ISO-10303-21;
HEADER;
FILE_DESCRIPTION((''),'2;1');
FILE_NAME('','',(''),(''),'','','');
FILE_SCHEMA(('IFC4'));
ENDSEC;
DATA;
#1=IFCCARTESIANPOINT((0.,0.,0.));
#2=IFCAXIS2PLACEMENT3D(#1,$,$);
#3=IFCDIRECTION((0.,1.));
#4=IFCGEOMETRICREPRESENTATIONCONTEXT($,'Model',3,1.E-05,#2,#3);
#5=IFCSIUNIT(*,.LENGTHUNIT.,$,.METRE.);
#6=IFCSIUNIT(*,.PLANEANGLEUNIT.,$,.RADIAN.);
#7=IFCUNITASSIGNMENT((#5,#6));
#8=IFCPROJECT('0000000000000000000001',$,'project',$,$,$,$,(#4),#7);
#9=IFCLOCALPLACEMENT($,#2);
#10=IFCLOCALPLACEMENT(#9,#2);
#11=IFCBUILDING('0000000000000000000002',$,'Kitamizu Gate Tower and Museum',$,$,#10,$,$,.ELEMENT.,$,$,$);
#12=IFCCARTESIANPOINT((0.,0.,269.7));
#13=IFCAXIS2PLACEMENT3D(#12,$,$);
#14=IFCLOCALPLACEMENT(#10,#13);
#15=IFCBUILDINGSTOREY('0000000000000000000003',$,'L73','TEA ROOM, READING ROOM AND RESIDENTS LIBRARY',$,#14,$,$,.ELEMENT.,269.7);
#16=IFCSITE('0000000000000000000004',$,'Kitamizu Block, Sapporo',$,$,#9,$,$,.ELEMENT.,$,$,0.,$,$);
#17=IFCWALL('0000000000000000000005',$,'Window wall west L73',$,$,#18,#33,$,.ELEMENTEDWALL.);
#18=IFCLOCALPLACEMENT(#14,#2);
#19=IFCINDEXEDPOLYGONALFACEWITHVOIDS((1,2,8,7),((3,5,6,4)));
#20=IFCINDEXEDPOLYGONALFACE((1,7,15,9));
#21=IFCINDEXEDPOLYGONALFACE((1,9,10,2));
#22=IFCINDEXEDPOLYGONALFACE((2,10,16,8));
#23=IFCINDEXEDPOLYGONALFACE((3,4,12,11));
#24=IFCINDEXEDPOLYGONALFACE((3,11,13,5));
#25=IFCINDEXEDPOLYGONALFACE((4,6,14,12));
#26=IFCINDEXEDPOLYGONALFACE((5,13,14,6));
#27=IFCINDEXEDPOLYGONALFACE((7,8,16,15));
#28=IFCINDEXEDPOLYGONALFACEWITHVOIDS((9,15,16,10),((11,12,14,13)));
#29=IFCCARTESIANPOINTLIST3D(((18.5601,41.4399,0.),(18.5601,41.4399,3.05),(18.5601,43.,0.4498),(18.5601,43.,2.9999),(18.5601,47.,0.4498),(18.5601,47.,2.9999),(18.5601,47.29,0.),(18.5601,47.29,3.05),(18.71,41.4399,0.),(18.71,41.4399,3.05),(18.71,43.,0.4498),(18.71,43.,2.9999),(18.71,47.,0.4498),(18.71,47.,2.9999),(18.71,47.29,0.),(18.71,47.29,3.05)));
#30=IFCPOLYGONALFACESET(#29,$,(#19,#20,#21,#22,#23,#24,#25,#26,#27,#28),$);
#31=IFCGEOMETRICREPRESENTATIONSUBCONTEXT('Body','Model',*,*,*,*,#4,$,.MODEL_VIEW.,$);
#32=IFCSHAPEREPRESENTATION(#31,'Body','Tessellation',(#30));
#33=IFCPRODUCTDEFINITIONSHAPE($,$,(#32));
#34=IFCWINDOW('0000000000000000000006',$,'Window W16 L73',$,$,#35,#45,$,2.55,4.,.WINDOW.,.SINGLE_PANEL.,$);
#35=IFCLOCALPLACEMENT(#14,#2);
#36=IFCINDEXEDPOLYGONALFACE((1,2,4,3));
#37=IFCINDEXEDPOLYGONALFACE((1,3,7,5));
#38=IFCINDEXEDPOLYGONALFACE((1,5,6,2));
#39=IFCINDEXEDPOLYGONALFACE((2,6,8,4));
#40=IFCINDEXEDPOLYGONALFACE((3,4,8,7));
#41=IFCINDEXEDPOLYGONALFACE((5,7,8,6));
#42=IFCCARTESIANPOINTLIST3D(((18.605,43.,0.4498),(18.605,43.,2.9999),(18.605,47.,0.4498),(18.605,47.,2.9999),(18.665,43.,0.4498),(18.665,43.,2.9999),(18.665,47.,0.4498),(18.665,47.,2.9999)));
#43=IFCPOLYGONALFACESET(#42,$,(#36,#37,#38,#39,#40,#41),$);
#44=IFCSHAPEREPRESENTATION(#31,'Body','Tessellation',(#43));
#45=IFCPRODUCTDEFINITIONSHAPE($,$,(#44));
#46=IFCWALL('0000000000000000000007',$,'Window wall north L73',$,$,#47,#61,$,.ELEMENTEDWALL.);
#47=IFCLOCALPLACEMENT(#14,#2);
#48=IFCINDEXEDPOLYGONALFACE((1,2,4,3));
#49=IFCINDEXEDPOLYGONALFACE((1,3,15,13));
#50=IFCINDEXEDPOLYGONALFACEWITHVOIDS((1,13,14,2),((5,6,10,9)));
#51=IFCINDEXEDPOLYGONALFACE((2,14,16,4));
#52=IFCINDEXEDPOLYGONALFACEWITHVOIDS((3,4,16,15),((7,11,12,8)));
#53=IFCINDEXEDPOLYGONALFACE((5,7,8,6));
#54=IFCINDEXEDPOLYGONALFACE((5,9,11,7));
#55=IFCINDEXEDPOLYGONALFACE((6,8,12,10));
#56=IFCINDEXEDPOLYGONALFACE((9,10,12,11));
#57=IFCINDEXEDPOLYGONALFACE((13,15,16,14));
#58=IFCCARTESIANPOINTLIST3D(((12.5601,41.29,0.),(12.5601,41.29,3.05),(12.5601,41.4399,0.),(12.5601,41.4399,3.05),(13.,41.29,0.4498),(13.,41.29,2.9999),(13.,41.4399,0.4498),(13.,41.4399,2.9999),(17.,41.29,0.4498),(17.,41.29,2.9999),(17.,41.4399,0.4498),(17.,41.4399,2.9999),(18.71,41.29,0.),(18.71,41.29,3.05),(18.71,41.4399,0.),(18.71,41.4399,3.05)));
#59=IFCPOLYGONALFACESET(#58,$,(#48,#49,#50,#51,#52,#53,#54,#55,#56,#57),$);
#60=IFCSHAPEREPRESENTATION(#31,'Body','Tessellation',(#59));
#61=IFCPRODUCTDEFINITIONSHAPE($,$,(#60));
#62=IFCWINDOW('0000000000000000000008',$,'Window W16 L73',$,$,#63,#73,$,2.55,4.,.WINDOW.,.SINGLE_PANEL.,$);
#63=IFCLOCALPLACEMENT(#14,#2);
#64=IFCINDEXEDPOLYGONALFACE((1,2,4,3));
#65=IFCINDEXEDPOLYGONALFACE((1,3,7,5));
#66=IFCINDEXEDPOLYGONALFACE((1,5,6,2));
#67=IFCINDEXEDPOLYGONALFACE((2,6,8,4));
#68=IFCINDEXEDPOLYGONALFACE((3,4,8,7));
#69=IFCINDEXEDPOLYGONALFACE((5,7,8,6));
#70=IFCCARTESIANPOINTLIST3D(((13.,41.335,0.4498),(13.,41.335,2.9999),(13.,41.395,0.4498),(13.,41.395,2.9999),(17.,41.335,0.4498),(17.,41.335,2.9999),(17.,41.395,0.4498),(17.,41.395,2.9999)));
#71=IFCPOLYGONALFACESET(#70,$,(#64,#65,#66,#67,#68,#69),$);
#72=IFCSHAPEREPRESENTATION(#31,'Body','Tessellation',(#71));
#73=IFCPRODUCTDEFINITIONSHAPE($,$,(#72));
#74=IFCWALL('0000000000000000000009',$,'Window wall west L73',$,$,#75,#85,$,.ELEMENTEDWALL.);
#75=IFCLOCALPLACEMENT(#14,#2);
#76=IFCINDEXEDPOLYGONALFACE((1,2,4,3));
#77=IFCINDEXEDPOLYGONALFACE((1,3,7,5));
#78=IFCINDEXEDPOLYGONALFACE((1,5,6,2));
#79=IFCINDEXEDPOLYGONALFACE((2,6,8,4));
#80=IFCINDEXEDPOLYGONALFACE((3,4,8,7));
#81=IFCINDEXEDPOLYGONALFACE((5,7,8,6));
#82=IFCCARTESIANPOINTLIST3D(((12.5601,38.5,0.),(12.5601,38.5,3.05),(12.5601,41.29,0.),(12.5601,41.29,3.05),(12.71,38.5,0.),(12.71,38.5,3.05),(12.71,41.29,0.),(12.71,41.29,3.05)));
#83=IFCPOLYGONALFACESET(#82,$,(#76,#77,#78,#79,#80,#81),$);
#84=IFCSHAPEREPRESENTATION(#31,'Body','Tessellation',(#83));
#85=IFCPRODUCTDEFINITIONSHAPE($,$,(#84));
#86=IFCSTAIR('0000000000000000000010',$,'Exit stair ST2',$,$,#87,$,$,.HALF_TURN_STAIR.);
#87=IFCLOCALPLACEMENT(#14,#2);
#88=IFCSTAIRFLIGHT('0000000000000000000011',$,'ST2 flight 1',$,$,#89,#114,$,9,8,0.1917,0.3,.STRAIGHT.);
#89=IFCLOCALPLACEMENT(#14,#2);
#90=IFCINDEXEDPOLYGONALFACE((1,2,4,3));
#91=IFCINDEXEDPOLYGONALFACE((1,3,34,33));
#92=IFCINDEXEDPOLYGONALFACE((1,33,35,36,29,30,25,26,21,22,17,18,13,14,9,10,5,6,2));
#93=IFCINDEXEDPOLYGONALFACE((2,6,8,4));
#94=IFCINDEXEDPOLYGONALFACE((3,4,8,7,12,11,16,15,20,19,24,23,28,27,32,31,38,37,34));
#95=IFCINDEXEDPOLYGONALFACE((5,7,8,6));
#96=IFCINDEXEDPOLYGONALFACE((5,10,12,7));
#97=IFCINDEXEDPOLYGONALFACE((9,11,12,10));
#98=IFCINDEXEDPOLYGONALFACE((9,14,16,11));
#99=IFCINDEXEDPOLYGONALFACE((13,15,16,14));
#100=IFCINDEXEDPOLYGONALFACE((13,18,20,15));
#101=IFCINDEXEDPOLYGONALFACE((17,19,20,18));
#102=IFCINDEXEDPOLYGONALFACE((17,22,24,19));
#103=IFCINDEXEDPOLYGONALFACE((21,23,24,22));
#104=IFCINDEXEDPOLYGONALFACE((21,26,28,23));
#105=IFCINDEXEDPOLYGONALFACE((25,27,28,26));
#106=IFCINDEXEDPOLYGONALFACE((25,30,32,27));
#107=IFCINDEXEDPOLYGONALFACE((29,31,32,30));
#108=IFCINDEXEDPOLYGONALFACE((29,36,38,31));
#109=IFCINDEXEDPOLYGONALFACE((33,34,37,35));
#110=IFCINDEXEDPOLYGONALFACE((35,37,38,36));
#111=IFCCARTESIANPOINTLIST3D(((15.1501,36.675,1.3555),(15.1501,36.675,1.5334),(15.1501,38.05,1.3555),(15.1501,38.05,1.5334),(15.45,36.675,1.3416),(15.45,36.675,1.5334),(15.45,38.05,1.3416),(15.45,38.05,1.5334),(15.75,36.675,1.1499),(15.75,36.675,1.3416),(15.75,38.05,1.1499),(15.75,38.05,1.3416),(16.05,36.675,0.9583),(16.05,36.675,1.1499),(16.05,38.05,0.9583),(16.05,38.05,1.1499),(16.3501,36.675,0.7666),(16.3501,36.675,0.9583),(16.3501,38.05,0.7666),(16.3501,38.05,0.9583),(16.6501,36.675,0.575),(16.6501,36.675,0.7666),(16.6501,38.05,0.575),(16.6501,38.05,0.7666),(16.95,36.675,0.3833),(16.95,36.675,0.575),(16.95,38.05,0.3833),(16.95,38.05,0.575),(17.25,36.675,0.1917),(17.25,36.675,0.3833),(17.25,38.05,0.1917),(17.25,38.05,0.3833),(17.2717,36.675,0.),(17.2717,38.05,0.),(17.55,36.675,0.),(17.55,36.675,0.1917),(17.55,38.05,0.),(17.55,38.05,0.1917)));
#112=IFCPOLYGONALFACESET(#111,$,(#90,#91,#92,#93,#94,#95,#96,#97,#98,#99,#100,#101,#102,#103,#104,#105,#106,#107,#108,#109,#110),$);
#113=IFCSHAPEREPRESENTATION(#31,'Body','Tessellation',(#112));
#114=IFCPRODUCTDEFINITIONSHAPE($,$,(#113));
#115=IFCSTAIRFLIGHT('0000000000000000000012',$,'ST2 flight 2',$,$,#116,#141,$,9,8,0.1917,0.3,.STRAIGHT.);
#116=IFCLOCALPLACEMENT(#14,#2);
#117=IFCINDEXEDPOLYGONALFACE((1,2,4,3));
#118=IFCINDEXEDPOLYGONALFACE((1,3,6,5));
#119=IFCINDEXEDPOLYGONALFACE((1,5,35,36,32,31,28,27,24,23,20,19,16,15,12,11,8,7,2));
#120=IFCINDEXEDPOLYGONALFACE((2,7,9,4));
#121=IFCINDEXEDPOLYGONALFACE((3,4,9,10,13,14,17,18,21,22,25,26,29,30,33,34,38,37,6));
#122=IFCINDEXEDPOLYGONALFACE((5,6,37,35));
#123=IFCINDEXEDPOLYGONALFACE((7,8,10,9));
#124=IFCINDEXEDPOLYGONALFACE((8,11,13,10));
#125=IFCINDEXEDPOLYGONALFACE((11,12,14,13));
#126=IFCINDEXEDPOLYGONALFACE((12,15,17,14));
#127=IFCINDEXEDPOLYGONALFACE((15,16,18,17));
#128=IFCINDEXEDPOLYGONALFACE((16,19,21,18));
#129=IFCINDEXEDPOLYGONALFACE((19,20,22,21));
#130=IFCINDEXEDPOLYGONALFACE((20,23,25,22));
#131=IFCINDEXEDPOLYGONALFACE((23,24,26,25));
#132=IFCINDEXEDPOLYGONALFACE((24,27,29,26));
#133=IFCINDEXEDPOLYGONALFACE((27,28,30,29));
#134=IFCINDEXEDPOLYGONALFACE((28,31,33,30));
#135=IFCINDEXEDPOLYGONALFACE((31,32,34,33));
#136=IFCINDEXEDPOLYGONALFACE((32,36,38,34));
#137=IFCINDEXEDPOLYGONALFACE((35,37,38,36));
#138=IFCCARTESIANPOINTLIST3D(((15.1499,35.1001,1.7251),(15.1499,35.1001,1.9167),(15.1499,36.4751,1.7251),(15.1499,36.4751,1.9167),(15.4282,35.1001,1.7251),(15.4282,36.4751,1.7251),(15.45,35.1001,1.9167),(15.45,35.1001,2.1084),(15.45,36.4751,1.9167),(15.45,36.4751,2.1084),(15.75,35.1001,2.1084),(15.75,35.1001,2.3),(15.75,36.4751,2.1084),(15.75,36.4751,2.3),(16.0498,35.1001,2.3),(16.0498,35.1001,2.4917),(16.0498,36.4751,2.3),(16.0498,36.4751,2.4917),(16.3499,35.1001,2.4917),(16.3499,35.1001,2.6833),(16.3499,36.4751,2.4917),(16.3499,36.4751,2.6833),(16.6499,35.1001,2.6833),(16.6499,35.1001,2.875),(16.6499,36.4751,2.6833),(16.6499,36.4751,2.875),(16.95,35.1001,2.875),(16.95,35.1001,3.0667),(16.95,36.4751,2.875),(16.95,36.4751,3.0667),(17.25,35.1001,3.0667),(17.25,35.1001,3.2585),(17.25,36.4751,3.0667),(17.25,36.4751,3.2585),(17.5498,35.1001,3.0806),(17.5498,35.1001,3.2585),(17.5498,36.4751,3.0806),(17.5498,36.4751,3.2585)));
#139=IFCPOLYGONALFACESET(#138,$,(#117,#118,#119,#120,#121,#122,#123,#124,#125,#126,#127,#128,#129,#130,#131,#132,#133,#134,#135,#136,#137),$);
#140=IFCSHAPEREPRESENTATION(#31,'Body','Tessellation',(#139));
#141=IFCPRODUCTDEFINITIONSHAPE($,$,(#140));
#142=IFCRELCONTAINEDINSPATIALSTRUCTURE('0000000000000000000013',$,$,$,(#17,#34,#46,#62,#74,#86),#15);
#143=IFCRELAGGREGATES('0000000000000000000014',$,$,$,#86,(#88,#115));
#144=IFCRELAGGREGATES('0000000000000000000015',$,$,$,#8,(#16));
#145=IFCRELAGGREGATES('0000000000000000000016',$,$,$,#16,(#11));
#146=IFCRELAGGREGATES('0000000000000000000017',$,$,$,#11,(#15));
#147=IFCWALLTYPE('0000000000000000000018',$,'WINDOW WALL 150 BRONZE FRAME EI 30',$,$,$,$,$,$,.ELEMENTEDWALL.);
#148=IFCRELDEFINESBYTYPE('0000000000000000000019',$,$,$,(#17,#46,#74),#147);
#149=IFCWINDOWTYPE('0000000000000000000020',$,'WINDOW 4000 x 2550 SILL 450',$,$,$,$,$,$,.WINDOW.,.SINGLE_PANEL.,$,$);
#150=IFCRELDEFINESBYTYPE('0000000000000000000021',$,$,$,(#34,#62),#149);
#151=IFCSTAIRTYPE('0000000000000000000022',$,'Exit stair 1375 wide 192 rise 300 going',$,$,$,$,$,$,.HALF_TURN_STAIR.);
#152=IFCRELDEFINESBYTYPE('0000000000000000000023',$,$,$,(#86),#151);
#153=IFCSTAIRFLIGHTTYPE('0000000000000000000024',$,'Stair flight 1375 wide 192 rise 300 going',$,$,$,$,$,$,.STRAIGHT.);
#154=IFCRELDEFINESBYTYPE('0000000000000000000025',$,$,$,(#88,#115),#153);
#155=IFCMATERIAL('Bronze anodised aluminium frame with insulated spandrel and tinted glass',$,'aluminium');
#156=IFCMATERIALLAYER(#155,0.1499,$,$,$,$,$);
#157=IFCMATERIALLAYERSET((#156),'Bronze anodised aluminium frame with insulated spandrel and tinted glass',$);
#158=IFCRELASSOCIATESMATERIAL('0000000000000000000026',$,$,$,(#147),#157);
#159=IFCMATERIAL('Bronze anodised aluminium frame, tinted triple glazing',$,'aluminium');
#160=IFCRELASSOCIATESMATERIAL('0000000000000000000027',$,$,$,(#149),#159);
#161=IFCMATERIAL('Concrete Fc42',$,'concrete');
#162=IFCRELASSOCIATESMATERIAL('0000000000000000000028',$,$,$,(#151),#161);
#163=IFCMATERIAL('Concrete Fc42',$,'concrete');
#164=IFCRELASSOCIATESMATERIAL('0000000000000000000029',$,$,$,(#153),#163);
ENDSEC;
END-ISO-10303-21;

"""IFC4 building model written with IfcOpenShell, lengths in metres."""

from ifc_helpers import new_model, si_unit, direction, frame, frame_2d, origin, place, context, subcontext, project, spatial, polyline, rectangle, outline, extrude, material, layer, layer_set, type_object, element, fill, aggregate, save


model = new_model("IFC4")

# Units and contexts
model_context = context("Model", 3, precision=1e-05, world=origin(), true_north=direction((0.0, 1.0)))
body_context = subcontext(model_context, "Body", "Model", "MODEL_VIEW")
ifc_project = project(units=[si_unit("LENGTHUNIT", "METRE"), si_unit("PLANEANGLEUNIT", "RADIAN")], contexts=[model_context])

# Site, building, storey
site_placement = place(None, origin())
site = spatial("IfcSite", under=ifc_project, at=site_placement, Name="Kitamizu Block, Sapporo", CompositionType="ELEMENT", RefElevation=0.0)
building_placement = place(site_placement, origin())
building = spatial("IfcBuilding", under=site, at=building_placement, Name="Kitamizu Gate Tower and Museum", CompositionType="ELEMENT")
storey_placement = place(building_placement, frame((0.0, 0.0, 269.7)))
storey = spatial("IfcBuildingStorey", under=building, at=storey_placement, Name="L73", Description="TEA ROOM, READING ROOM AND RESIDENTS LIBRARY", CompositionType="ELEMENT", Elevation=269.7)

# Shared definitions
ifc_material_1 = material(Name="Bronze anodised aluminium frame with insulated spandrel and tinted glass", Category="aluminium")
ifc_layer_1 = layer(ifc_material_1, 0.1499)
ifc_layer_set_1 = layer_set([ifc_layer_1], Name="Bronze anodised aluminium frame with insulated spandrel and tinted glass")
wall_type_1 = type_object("IfcWallType", Name="WINDOW WALL 150 BRONZE FRAME EI 30", PredefinedType="ELEMENTEDWALL", material=ifc_layer_set_1)

# Walls, openings, windows
wall_1_placement = place(storey_placement, frame((18.635, 41.4399, 0.0), z_axis=(0.0, 0.0, 1.0), x_axis=(0.0, 1.0, 0.0)))
wall_1 = element("IfcWall", 1, at=wall_1_placement, inside=storey, type_object=wall_type_1, Name="Window wall west L73", PredefinedType="ELEMENTEDWALL", context=body_context, shape_type="SweptSolid", body=[
    extrude(rectangle(XDim=5.8501, YDim=0.1499, at=frame_2d((2.925, 0.0))), origin(), (0.0, 0.0, 1.0), 3.05),
])
opening_1_placement = place(wall_1_placement, frame((1.5601, 0.0, 0.45)))
opening_1 = element("IfcOpeningElement", 2, at=opening_1_placement, cuts=wall_1, PredefinedType="OPENING", context=body_context, shape_type="SweptSolid", body=[
    extrude(rectangle(XDim=4.0, YDim=2.55, at=frame_2d((2.0, 1.2749))), frame((0.0, 0.085, 0.0), z_axis=(0.0, -1.0, 0.0), x_axis=(1.0, 0.0, 0.0)), (0.0, 0.0, 1.0), 0.1699),
])
ifc_material_2 = material(Name="Bronze anodised aluminium frame, tinted triple glazing", Category="aluminium")
window_type_1 = type_object("IfcWindowType", Name="WINDOW 4000 x 2550 SILL 450", PartitioningType="SINGLE_PANEL", PredefinedType="WINDOW", material=ifc_material_2)
window_1_placement = place(opening_1_placement, origin())
window_1 = element("IfcWindow", 3, at=window_1_placement, inside=storey, type_object=window_type_1, Name="Window W16 L73", OverallHeight=2.55, OverallWidth=4.0, PartitioningType="SINGLE_PANEL", PredefinedType="WINDOW", context=body_context, shape_type="SweptSolid", body=[
    extrude(rectangle(XDim=4.0, YDim=2.55, at=frame_2d((2.0, 1.2749))), frame((0.0, 0.03, 0.0), z_axis=(0.0, -1.0, 0.0), x_axis=(1.0, 0.0, 0.0)), (0.0, 0.0, 1.0), 0.0601),
])
fill(opening_1, window_1)
wall_2_placement = place(storey_placement, frame((12.5601, 41.365, 0.0), z_axis=(0.0, 0.0, 1.0), x_axis=(1.0, 0.0, 0.0)))
wall_2 = element("IfcWall", 4, at=wall_2_placement, inside=storey, type_object=wall_type_1, Name="Window wall north L73", PredefinedType="ELEMENTEDWALL", context=body_context, shape_type="SweptSolid", body=[
    extrude(rectangle(XDim=6.1499, YDim=0.1499, at=frame_2d((3.075, 0.0))), origin(), (0.0, 0.0, 1.0), 3.05),
])
opening_2_placement = place(wall_2_placement, frame((0.4399, 0.0, 0.45)))
opening_2 = element("IfcOpeningElement", 5, at=opening_2_placement, cuts=wall_2, PredefinedType="OPENING", context=body_context, shape_type="SweptSolid", body=[
    extrude(rectangle(XDim=4.0, YDim=2.55, at=frame_2d((2.0, 1.2749))), frame((0.0, 0.085, 0.0), z_axis=(0.0, -1.0, 0.0), x_axis=(1.0, 0.0, 0.0)), (0.0, 0.0, 1.0), 0.1699),
])
window_2_placement = place(opening_2_placement, origin())
window_2 = element("IfcWindow", 6, at=window_2_placement, inside=storey, type_object=window_type_1, Name="Window W16 L73", OverallHeight=2.55, OverallWidth=4.0, PartitioningType="SINGLE_PANEL", PredefinedType="WINDOW", context=body_context, shape_type="SweptSolid", body=[
    extrude(rectangle(XDim=4.0, YDim=2.55, at=frame_2d((2.0, 1.2749))), frame((0.0, 0.03, 0.0), z_axis=(0.0, -1.0, 0.0), x_axis=(1.0, 0.0, 0.0)), (0.0, 0.0, 1.0), 0.0601),
])
fill(opening_2, window_2)

# Wall
wall_3_placement = place(storey_placement, frame((12.635, 38.5, 0.0), z_axis=(0.0, 0.0, 1.0), x_axis=(0.0, 1.0, 0.0)))
element("IfcWall", 7, at=wall_3_placement, inside=storey, type_object=wall_type_1, Name="Window wall west L73", PredefinedType="ELEMENTEDWALL", context=body_context, shape_type="SweptSolid", body=[
    extrude(rectangle(XDim=2.79, YDim=0.1499, at=frame_2d((1.395, 0.0))), origin(), (0.0, 0.0, 1.0), 3.05),
])

# Stair, stair flights
ifc_material_3 = material(Name="Concrete Fc42", Category="concrete")
stair_type = type_object("IfcStairType", Name="Exit stair 1375 wide 192 rise 300 going", PredefinedType="HALF_TURN_STAIR", material=ifc_material_3)
stair_placement = place(storey_placement, origin())
stair = element("IfcStair", 8, at=stair_placement, inside=storey, type_object=stair_type, Name="Exit stair ST2", PredefinedType="HALF_TURN_STAIR")
ifc_material_4 = material(Name="Concrete Fc42", Category="concrete")
stair_flight_type = type_object("IfcStairFlightType", Name="Stair flight 1375 wide 192 rise 300 going", PredefinedType="STRAIGHT", material=ifc_material_4)
stair_flight_1_placement = place(storey_placement, frame((17.55, 37.3625, 0.0), z_axis=(0.0, 0.0, 1.0), x_axis=(-1.0, 0.0, 0.0)))
stair_flight_1 = element("IfcStairFlight", 9, at=stair_flight_1_placement, type_object=stair_flight_type, Name="ST2 flight 1", NumberOfRisers=9, NumberOfTreads=8, PredefinedType="STRAIGHT", RiserHeight=0.1917, TreadLength=0.3, context=body_context, shape_type="SweptSolid", body=[
    extrude(outline(polyline([(0.0, 0.0), (0.0, 0.1917), (0.3, 0.1917), (0.3, 0.3833), (0.6001, 0.3833), (0.6001, 0.575), (0.8999, 0.575), (0.8999, 0.7666), (1.2, 0.7666), (1.2, 0.9583), (1.5, 0.9583), (1.5, 1.1499), (1.8, 1.1499), (1.8, 1.3416), (2.1001, 1.3416), (2.1001, 1.5334), (2.3999, 1.5334), (2.3999, 1.7251), (2.3999, 1.3555), (0.2783, 0.0), (0.0, 0.0)])), frame((0.0, 0.6875, 0.0), z_axis=(0.0, -1.0, 0.0), x_axis=(1.0, 0.0, 0.0)), (0.0, 0.0, 1.0), 1.375),
])
stair_flight_2_placement = place(storey_placement, frame((15.1499, 35.7876, 1.7251), z_axis=(0.0, 0.0, 1.0), x_axis=(1.0, 0.0, 0.0)))
stair_flight_2 = element("IfcStairFlight", 10, at=stair_flight_2_placement, type_object=stair_flight_type, Name="ST2 flight 2", NumberOfRisers=9, NumberOfTreads=8, PredefinedType="STRAIGHT", RiserHeight=0.1917, TreadLength=0.3, context=body_context, shape_type="SweptSolid", body=[
    extrude(outline(polyline([(0.0, 0.0), (0.0, 0.1917), (0.3, 0.1917), (0.3, 0.3833), (0.6001, 0.3833), (0.6001, 0.575), (0.8999, 0.575), (0.8999, 0.7666), (1.2, 0.7666), (1.2, 0.9583), (1.5, 0.9583), (1.5, 1.1499), (1.8, 1.1499), (1.8, 1.3416), (2.1001, 1.3416), (2.1001, 1.5334), (2.3999, 1.5334), (2.3999, 1.7251), (2.3999, 1.3555), (0.2783, 0.0), (0.0, 0.0)])), frame((0.0, 0.6875, 0.0), z_axis=(0.0, -1.0, 0.0), x_axis=(1.0, 0.0, 0.0)), (0.0, 0.0, 1.0), 1.375),
])
aggregate(stair, [stair_flight_1, stair_flight_2])

save(model, "model.ifc")
